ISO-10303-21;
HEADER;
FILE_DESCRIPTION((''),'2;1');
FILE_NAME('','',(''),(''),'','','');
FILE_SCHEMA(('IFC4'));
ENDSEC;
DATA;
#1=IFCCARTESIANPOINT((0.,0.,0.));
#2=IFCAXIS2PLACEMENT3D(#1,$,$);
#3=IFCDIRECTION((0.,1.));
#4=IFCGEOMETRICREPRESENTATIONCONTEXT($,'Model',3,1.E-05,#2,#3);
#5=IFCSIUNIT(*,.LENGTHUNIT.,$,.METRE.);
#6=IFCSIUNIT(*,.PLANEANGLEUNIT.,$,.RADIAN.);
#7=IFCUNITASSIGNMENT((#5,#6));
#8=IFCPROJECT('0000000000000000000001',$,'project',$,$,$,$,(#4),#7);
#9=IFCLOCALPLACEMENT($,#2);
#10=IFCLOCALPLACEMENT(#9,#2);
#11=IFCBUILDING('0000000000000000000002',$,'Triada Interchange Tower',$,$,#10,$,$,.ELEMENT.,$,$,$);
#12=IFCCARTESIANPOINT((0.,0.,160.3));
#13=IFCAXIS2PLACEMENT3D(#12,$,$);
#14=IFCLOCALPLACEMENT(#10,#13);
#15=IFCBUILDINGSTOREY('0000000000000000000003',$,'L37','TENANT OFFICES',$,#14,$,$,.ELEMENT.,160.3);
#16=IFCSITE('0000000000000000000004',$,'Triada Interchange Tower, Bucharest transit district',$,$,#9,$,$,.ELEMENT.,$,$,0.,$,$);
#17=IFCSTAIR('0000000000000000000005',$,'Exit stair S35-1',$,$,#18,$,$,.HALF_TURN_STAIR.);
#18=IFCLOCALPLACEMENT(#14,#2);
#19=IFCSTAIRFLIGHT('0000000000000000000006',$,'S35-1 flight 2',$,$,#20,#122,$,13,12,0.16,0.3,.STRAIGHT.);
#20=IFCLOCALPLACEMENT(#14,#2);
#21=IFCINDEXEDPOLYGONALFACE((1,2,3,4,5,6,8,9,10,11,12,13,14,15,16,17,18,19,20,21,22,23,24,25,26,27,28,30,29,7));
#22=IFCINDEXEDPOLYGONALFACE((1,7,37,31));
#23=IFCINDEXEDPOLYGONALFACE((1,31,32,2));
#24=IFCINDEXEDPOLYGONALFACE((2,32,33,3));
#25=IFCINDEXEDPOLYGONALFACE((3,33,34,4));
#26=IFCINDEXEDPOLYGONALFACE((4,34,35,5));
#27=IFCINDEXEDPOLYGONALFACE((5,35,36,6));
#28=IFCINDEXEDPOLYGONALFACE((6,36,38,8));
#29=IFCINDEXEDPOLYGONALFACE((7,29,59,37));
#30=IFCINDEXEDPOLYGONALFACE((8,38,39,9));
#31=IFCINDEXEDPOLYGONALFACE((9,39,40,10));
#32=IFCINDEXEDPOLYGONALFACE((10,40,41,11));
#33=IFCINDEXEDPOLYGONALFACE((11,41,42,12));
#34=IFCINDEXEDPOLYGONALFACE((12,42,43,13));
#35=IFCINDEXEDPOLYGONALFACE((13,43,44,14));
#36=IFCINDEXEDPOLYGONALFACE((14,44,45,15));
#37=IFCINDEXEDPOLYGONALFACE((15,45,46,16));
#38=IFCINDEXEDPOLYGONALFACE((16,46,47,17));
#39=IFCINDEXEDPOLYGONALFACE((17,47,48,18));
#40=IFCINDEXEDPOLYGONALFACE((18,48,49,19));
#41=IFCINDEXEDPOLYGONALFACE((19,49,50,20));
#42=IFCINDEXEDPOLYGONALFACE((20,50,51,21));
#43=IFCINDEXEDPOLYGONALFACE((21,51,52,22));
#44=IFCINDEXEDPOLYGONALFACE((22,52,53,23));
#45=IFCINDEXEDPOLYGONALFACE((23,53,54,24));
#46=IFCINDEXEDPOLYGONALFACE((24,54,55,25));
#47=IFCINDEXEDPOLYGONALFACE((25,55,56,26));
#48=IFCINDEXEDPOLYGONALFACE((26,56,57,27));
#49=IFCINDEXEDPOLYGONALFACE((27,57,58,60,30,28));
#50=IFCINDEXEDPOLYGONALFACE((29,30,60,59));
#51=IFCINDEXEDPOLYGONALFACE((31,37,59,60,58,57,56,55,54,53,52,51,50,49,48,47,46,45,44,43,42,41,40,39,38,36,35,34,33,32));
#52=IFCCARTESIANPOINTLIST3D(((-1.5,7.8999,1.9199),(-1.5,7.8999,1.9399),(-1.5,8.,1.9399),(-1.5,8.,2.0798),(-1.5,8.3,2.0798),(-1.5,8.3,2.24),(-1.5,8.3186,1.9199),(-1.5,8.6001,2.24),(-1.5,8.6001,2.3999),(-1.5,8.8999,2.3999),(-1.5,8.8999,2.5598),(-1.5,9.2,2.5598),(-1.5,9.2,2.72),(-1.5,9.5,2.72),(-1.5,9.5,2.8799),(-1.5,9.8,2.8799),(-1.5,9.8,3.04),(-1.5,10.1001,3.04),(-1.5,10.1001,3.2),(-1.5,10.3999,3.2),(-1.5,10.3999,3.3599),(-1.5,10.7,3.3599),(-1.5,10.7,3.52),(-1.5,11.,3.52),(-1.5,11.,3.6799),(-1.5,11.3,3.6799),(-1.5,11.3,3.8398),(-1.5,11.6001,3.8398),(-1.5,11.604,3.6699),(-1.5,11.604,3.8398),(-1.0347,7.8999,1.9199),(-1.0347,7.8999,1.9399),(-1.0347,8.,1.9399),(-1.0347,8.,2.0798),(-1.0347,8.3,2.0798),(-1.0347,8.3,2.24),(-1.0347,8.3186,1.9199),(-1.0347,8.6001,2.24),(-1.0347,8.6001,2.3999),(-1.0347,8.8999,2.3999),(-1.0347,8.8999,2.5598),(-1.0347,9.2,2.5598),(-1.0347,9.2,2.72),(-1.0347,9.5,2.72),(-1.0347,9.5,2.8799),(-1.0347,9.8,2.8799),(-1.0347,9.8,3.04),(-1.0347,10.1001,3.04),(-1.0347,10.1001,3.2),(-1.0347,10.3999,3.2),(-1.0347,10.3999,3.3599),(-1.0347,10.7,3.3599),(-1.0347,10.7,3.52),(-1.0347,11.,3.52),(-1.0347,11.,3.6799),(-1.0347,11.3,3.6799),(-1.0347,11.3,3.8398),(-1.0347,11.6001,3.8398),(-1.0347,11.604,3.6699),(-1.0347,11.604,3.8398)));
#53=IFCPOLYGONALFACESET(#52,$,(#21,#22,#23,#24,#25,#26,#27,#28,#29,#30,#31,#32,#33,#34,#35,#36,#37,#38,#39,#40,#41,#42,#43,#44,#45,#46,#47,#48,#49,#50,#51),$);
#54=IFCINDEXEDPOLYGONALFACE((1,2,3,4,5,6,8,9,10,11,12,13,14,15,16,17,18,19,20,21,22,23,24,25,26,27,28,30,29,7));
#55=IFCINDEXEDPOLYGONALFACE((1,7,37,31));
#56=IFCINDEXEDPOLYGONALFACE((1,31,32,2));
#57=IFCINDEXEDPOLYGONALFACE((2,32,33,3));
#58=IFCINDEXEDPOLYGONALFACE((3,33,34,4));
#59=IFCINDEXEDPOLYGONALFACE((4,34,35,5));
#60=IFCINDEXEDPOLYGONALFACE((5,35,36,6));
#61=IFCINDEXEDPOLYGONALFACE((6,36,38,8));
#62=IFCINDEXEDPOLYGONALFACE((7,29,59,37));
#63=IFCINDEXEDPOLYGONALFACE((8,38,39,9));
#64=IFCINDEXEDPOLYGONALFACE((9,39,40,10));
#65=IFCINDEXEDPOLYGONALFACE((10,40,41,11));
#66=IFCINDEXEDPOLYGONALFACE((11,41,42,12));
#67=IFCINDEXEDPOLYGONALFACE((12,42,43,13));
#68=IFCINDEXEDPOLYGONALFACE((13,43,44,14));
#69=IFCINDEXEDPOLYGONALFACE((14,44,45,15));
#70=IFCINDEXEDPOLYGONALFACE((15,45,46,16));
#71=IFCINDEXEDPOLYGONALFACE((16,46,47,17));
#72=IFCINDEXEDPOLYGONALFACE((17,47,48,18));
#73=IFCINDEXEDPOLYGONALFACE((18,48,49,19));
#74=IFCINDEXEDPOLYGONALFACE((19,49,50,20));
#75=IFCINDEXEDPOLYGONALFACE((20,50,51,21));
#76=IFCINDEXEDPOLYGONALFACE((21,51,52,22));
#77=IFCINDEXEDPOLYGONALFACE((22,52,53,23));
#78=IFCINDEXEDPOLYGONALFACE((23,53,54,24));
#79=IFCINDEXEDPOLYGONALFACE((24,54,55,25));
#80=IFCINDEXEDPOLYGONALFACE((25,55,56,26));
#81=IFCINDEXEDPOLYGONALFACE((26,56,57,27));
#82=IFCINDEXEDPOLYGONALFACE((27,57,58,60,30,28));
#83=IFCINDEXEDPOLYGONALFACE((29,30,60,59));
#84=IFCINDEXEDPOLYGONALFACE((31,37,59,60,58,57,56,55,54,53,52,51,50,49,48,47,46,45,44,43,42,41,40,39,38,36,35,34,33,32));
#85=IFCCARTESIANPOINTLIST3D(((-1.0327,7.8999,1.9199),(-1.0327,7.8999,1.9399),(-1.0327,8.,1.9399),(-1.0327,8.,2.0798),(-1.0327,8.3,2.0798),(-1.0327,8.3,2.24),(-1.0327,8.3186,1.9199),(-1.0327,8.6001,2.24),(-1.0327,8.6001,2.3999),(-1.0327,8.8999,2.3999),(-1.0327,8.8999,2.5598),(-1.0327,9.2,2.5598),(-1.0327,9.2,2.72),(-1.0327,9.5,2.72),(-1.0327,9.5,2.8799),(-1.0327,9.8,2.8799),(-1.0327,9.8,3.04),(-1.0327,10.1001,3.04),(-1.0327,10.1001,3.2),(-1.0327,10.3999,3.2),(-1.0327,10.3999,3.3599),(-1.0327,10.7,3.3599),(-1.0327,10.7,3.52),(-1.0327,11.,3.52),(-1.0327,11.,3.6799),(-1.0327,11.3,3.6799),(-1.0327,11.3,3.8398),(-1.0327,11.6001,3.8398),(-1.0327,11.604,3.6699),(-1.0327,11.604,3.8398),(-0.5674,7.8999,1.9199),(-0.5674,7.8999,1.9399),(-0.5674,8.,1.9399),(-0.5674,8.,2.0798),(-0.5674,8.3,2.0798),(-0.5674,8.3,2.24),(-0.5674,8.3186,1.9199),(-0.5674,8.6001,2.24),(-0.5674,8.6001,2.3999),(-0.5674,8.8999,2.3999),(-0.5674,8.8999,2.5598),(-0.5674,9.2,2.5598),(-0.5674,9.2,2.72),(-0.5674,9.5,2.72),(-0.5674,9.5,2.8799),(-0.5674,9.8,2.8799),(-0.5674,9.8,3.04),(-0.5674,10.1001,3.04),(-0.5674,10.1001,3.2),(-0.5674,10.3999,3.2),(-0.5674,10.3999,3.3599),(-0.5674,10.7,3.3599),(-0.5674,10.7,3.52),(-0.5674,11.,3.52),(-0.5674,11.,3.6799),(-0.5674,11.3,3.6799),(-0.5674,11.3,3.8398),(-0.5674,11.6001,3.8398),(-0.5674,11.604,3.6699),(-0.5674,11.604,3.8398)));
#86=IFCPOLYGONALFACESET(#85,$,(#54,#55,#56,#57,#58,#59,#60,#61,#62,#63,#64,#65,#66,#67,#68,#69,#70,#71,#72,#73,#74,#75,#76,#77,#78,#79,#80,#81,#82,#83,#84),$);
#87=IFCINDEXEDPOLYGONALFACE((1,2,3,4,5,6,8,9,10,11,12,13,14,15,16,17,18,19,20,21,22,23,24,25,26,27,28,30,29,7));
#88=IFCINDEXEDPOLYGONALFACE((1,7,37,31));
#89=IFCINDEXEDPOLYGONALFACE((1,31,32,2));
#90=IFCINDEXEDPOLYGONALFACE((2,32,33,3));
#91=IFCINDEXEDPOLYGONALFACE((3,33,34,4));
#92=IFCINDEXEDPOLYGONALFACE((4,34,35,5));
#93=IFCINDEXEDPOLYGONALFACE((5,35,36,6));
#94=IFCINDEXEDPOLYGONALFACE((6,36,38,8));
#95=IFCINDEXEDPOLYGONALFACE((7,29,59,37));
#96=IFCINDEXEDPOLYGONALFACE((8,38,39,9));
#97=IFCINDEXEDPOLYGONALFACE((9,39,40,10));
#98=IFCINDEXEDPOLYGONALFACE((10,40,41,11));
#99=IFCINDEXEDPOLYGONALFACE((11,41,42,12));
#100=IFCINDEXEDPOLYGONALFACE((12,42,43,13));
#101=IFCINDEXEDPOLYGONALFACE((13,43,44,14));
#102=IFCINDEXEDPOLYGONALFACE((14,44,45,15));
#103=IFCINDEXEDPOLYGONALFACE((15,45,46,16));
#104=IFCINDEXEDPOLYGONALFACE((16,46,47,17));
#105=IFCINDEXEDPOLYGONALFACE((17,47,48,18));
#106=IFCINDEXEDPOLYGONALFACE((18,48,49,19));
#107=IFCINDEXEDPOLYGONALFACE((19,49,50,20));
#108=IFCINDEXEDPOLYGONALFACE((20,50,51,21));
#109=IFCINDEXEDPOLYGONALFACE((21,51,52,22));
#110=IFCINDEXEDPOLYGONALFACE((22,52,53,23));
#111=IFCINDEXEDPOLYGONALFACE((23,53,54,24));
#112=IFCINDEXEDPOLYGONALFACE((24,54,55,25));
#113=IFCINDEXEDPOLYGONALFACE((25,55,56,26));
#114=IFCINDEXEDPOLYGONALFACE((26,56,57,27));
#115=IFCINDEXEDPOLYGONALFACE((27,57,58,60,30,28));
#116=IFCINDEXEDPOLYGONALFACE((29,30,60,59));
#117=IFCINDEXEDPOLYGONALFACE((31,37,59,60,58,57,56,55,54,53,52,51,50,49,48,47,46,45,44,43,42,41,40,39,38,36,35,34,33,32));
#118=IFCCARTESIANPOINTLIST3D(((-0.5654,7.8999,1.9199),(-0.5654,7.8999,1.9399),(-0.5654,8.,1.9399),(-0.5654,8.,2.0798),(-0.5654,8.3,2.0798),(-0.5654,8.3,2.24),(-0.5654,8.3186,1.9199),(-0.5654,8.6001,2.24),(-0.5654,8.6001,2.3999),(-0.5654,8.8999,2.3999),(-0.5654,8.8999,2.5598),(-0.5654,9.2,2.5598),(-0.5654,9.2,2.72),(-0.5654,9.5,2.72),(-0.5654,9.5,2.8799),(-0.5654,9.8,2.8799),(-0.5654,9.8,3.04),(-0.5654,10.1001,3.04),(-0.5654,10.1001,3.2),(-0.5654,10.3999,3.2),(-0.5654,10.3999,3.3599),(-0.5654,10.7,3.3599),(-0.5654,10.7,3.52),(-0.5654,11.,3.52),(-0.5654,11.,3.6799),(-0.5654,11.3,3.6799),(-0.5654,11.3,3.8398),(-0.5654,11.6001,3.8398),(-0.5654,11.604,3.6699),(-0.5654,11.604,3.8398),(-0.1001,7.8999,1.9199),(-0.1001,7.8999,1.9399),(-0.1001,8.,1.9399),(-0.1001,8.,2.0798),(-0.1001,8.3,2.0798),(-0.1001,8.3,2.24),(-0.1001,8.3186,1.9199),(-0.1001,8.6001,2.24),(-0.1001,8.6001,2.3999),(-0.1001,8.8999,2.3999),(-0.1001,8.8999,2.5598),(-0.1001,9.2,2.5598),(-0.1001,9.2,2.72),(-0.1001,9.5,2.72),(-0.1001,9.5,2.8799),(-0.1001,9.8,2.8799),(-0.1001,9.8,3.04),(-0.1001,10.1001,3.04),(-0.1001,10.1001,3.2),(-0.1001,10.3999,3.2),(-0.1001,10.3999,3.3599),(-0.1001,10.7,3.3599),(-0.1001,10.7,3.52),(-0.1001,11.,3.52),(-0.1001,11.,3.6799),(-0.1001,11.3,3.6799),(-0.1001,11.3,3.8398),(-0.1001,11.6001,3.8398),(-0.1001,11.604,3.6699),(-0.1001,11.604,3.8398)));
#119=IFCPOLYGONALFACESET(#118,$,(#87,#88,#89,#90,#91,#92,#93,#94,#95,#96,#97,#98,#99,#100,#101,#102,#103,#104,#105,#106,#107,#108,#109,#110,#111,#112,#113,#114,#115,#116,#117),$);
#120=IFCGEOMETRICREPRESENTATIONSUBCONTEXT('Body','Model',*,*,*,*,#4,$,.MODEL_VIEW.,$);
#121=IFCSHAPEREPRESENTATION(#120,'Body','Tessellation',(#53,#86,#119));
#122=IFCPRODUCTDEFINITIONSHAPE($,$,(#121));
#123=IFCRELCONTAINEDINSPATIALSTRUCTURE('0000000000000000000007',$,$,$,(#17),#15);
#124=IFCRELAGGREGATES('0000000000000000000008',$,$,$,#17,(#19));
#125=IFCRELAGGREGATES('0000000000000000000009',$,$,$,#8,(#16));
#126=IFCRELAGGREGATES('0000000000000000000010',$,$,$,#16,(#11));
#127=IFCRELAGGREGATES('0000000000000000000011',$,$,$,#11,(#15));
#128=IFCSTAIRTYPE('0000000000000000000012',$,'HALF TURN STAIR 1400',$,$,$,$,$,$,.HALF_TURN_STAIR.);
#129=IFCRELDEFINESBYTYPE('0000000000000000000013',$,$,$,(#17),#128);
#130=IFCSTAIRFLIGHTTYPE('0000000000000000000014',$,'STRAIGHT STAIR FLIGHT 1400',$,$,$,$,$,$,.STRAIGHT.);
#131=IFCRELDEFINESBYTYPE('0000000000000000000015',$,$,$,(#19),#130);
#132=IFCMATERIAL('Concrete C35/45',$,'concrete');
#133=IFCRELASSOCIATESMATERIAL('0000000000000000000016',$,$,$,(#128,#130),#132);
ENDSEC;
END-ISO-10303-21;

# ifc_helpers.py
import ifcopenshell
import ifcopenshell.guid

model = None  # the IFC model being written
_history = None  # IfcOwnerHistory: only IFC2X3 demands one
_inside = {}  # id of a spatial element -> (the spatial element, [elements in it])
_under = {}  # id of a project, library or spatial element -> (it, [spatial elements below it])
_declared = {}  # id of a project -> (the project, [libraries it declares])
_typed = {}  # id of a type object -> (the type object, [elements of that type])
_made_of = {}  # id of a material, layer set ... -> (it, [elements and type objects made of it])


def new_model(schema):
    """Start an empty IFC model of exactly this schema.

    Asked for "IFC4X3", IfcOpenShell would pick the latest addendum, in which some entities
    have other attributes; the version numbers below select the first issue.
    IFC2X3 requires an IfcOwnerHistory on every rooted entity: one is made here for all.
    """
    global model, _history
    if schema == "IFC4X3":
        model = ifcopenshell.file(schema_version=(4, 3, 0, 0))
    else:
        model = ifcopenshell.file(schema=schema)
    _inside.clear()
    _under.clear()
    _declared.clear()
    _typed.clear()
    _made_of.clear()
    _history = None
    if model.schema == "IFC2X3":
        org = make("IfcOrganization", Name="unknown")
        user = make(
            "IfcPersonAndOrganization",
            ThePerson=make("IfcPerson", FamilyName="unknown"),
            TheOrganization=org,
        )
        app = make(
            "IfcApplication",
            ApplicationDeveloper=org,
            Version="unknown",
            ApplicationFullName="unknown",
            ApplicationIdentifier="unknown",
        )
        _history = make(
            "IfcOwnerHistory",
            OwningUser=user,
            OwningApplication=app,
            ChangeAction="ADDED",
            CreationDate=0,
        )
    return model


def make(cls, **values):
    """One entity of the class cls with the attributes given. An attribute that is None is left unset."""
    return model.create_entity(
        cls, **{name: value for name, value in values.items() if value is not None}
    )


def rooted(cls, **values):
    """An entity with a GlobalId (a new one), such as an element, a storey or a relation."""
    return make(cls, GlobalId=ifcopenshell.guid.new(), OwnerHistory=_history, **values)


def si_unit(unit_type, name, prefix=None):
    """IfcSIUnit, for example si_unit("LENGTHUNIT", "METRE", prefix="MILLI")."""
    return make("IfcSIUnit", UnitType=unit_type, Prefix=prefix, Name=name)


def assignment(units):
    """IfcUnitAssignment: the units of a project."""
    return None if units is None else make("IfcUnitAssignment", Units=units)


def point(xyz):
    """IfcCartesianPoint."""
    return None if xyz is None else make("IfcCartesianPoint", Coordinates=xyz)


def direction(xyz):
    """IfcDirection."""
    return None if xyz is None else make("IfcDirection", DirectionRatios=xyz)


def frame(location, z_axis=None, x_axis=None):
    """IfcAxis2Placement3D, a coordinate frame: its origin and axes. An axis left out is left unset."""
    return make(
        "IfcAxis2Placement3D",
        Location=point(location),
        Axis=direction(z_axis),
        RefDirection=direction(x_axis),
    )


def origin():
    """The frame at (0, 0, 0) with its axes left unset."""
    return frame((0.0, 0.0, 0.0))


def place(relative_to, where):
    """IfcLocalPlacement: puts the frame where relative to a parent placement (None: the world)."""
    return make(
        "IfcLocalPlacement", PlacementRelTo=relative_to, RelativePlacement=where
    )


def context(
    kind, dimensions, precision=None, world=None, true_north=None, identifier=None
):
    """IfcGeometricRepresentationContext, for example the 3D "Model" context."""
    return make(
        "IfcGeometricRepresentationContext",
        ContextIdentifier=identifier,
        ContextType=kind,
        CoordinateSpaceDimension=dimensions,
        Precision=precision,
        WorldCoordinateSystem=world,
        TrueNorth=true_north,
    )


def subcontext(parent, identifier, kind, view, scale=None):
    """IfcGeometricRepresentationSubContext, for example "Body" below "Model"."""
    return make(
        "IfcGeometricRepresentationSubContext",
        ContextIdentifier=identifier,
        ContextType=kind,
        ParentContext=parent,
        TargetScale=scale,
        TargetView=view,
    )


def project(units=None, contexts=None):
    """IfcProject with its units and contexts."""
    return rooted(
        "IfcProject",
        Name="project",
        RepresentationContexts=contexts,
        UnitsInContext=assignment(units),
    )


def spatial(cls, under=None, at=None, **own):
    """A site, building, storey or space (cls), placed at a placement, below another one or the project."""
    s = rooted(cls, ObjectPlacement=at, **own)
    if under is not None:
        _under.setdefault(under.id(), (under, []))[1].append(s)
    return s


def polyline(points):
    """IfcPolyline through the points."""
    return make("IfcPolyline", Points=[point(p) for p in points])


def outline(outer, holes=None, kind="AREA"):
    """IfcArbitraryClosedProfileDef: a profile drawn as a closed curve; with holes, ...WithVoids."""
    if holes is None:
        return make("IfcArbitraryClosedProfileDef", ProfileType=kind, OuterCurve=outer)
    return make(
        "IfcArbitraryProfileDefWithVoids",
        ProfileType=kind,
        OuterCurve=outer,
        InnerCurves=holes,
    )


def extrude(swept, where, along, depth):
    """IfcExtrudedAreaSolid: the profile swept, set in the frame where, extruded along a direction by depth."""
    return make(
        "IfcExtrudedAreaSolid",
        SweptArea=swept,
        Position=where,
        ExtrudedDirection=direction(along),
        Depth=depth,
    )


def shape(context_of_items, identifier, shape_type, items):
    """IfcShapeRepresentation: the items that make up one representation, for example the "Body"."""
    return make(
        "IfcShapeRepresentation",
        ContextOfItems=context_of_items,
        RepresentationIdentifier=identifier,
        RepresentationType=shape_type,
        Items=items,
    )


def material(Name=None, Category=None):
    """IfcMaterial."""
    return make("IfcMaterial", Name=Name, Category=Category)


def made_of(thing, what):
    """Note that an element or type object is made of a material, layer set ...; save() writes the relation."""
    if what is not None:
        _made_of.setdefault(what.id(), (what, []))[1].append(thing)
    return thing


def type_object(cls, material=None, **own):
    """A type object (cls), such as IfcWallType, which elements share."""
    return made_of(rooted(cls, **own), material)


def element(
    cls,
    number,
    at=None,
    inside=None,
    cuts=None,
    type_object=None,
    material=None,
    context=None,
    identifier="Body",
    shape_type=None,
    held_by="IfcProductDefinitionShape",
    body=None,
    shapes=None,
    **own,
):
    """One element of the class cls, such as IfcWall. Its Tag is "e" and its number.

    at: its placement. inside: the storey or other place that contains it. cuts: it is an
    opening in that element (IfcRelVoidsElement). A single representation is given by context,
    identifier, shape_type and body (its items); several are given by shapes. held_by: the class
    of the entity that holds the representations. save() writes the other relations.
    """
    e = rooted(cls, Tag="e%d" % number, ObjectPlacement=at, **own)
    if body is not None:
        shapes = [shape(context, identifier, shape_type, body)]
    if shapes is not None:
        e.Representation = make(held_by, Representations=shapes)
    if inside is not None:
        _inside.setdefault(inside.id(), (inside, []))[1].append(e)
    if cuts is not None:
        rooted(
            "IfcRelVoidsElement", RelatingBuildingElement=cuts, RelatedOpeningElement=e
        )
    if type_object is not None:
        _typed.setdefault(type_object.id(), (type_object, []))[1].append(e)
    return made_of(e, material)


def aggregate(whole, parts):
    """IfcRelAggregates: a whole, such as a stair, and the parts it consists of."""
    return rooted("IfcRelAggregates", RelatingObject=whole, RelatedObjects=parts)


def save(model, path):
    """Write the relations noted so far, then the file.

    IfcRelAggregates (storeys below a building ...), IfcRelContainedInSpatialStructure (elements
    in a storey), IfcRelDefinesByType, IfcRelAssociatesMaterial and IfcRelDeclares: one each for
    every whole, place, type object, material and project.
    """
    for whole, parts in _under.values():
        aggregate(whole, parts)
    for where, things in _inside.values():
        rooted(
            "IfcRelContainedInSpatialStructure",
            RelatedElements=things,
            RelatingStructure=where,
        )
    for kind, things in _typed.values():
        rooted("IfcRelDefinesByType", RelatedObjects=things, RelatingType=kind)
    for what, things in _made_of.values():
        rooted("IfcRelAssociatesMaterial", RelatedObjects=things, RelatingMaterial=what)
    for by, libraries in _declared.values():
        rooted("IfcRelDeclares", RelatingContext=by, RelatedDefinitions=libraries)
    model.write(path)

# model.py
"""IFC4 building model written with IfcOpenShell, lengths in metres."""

from ifc_helpers import new_model, si_unit, direction, frame, origin, place, context, subcontext, project, spatial, polyline, outline, extrude, material, type_object, element, aggregate, save


model = new_model("IFC4")

# Units and contexts
model_context = context("Model", 3, precision=1e-05, world=origin(), true_north=direction((0.0, 1.0)))
body_context = subcontext(model_context, "Body", "Model", "MODEL_VIEW")
ifc_project = project(units=[si_unit("LENGTHUNIT", "METRE"), si_unit("PLANEANGLEUNIT", "RADIAN")], contexts=[model_context])

# Site, building, storey
site_placement = place(None, origin())
site = spatial("IfcSite", under=ifc_project, at=site_placement, Name="Triada Interchange Tower, Bucharest transit district", CompositionType="ELEMENT", RefElevation=0.0)
building_placement = place(site_placement, origin())
building = spatial("IfcBuilding", under=site, at=building_placement, Name="Triada Interchange Tower", CompositionType="ELEMENT")
storey_placement = place(building_placement, frame((0.0, 0.0, 160.3)))
storey = spatial("IfcBuildingStorey", under=building, at=storey_placement, Name="L37", Description="TENANT OFFICES", CompositionType="ELEMENT", Elevation=160.3)

# Stair, stair flight
ifc_material_1 = material(Name="Concrete C35/45", Category="concrete")
stair_type = type_object("IfcStairType", Name="HALF TURN STAIR 1400", PredefinedType="HALF_TURN_STAIR", material=ifc_material_1)
stair_placement = place(storey_placement, origin())
stair = element("IfcStair", 1, at=stair_placement, inside=storey, type_object=stair_type, Name="Exit stair S35-1", PredefinedType="HALF_TURN_STAIR")
stair_flight_type = type_object("IfcStairFlightType", Name="STRAIGHT STAIR FLIGHT 1400", PredefinedType="STRAIGHT", material=ifc_material_1)
stair_flight_placement = place(storey_placement, frame((-0.8, 8.0, 1.9199), z_axis=(0.0, 0.0, 1.0), x_axis=(0.0, 1.0, 0.0)))
stair_flight = element("IfcStairFlight", 2, at=stair_flight_placement, type_object=stair_flight_type, Name="S35-1 flight 2", NumberOfRisers=13, NumberOfTreads=12, PredefinedType="STRAIGHT", RiserHeight=0.16, TreadLength=0.3, context=body_context, shape_type="SweptSolid", body=[
    extrude(outline(polyline([(-0.1001, 0.0), (-0.1001, 0.02), (0.0, 0.02), (0.0, 0.1599), (0.3, 0.1599), (0.3, 0.3201), (0.6001, 0.3201), (0.6001, 0.48), (0.8999, 0.48), (0.8999, 0.6399), (1.2, 0.6399), (1.2, 0.8), (1.5, 0.8), (1.5, 0.96), (1.8, 0.96), (1.8, 1.1201), (2.1001, 1.1201), (2.1001, 1.28), (2.3999, 1.28), (2.3999, 1.4399), (2.7, 1.4399), (2.7, 1.6001), (3.0, 1.6001), (3.0, 1.76), (3.3, 1.76), (3.3, 1.9199), (3.6001, 1.9199), (3.604, 1.9199), (3.604, 2.0801), (3.604, 1.75), (0.3186, 0.0), (-0.1001, 0.0)])), frame((0.0, 0.7, 0.0), z_axis=(0.0, -1.0, 0.0), x_axis=(1.0, 0.0, 0.0)), (0.0, 0.0, 1.0), 0.4653),
    extrude(outline(polyline([(-0.1001, 0.0), (-0.1001, 0.02), (0.0, 0.02), (0.0, 0.1599), (0.3, 0.1599), (0.3, 0.3201), (0.6001, 0.3201), (0.6001, 0.48), (0.8999, 0.48), (0.8999, 0.6399), (1.2, 0.6399), (1.2, 0.8), (1.5, 0.8), (1.5, 0.96), (1.8, 0.96), (1.8, 1.1201), (2.1001, 1.1201), (2.1001, 1.28), (2.3999, 1.28), (2.3999, 1.4399), (2.7, 1.4399), (2.7, 1.6001), (3.0, 1.6001), (3.0, 1.76), (3.3, 1.76), (3.3, 1.9199), (3.6001, 1.9199), (3.604, 1.9199), (3.604, 2.0801), (3.604, 1.75), (0.3186, 0.0), (-0.1001, 0.0)])), frame((0.0, 0.2327, 0.0), z_axis=(0.0, -1.0, 0.0), x_axis=(1.0, 0.0, 0.0)), (0.0, 0.0, 1.0), 0.4653),
    extrude(outline(polyline([(-0.1001, 0.0), (-0.1001, 0.02), (0.0, 0.02), (0.0, 0.1599), (0.3, 0.1599), (0.3, 0.3201), (0.6001, 0.3201), (0.6001, 0.48), (0.8999, 0.48), (0.8999, 0.6399), (1.2, 0.6399), (1.2, 0.8), (1.5, 0.8), (1.5, 0.96), (1.8, 0.96), (1.8, 1.1201), (2.1001, 1.1201), (2.1001, 1.28), (2.3999, 1.28), (2.3999, 1.4399), (2.7, 1.4399), (2.7, 1.6001), (3.0, 1.6001), (3.0, 1.76), (3.3, 1.76), (3.3, 1.9199), (3.6001, 1.9199), (3.604, 1.9199), (3.604, 2.0801), (3.604, 1.75), (0.3186, 0.0), (-0.1001, 0.0)])), frame((0.0, -0.2346, 0.0), z_axis=(0.0, -1.0, 0.0), x_axis=(1.0, 0.0, 0.0)), (0.0, 0.0, 1.0), 0.4653),
])
aggregate(stair, [stair_flight])

save(model, "model.ifc")
